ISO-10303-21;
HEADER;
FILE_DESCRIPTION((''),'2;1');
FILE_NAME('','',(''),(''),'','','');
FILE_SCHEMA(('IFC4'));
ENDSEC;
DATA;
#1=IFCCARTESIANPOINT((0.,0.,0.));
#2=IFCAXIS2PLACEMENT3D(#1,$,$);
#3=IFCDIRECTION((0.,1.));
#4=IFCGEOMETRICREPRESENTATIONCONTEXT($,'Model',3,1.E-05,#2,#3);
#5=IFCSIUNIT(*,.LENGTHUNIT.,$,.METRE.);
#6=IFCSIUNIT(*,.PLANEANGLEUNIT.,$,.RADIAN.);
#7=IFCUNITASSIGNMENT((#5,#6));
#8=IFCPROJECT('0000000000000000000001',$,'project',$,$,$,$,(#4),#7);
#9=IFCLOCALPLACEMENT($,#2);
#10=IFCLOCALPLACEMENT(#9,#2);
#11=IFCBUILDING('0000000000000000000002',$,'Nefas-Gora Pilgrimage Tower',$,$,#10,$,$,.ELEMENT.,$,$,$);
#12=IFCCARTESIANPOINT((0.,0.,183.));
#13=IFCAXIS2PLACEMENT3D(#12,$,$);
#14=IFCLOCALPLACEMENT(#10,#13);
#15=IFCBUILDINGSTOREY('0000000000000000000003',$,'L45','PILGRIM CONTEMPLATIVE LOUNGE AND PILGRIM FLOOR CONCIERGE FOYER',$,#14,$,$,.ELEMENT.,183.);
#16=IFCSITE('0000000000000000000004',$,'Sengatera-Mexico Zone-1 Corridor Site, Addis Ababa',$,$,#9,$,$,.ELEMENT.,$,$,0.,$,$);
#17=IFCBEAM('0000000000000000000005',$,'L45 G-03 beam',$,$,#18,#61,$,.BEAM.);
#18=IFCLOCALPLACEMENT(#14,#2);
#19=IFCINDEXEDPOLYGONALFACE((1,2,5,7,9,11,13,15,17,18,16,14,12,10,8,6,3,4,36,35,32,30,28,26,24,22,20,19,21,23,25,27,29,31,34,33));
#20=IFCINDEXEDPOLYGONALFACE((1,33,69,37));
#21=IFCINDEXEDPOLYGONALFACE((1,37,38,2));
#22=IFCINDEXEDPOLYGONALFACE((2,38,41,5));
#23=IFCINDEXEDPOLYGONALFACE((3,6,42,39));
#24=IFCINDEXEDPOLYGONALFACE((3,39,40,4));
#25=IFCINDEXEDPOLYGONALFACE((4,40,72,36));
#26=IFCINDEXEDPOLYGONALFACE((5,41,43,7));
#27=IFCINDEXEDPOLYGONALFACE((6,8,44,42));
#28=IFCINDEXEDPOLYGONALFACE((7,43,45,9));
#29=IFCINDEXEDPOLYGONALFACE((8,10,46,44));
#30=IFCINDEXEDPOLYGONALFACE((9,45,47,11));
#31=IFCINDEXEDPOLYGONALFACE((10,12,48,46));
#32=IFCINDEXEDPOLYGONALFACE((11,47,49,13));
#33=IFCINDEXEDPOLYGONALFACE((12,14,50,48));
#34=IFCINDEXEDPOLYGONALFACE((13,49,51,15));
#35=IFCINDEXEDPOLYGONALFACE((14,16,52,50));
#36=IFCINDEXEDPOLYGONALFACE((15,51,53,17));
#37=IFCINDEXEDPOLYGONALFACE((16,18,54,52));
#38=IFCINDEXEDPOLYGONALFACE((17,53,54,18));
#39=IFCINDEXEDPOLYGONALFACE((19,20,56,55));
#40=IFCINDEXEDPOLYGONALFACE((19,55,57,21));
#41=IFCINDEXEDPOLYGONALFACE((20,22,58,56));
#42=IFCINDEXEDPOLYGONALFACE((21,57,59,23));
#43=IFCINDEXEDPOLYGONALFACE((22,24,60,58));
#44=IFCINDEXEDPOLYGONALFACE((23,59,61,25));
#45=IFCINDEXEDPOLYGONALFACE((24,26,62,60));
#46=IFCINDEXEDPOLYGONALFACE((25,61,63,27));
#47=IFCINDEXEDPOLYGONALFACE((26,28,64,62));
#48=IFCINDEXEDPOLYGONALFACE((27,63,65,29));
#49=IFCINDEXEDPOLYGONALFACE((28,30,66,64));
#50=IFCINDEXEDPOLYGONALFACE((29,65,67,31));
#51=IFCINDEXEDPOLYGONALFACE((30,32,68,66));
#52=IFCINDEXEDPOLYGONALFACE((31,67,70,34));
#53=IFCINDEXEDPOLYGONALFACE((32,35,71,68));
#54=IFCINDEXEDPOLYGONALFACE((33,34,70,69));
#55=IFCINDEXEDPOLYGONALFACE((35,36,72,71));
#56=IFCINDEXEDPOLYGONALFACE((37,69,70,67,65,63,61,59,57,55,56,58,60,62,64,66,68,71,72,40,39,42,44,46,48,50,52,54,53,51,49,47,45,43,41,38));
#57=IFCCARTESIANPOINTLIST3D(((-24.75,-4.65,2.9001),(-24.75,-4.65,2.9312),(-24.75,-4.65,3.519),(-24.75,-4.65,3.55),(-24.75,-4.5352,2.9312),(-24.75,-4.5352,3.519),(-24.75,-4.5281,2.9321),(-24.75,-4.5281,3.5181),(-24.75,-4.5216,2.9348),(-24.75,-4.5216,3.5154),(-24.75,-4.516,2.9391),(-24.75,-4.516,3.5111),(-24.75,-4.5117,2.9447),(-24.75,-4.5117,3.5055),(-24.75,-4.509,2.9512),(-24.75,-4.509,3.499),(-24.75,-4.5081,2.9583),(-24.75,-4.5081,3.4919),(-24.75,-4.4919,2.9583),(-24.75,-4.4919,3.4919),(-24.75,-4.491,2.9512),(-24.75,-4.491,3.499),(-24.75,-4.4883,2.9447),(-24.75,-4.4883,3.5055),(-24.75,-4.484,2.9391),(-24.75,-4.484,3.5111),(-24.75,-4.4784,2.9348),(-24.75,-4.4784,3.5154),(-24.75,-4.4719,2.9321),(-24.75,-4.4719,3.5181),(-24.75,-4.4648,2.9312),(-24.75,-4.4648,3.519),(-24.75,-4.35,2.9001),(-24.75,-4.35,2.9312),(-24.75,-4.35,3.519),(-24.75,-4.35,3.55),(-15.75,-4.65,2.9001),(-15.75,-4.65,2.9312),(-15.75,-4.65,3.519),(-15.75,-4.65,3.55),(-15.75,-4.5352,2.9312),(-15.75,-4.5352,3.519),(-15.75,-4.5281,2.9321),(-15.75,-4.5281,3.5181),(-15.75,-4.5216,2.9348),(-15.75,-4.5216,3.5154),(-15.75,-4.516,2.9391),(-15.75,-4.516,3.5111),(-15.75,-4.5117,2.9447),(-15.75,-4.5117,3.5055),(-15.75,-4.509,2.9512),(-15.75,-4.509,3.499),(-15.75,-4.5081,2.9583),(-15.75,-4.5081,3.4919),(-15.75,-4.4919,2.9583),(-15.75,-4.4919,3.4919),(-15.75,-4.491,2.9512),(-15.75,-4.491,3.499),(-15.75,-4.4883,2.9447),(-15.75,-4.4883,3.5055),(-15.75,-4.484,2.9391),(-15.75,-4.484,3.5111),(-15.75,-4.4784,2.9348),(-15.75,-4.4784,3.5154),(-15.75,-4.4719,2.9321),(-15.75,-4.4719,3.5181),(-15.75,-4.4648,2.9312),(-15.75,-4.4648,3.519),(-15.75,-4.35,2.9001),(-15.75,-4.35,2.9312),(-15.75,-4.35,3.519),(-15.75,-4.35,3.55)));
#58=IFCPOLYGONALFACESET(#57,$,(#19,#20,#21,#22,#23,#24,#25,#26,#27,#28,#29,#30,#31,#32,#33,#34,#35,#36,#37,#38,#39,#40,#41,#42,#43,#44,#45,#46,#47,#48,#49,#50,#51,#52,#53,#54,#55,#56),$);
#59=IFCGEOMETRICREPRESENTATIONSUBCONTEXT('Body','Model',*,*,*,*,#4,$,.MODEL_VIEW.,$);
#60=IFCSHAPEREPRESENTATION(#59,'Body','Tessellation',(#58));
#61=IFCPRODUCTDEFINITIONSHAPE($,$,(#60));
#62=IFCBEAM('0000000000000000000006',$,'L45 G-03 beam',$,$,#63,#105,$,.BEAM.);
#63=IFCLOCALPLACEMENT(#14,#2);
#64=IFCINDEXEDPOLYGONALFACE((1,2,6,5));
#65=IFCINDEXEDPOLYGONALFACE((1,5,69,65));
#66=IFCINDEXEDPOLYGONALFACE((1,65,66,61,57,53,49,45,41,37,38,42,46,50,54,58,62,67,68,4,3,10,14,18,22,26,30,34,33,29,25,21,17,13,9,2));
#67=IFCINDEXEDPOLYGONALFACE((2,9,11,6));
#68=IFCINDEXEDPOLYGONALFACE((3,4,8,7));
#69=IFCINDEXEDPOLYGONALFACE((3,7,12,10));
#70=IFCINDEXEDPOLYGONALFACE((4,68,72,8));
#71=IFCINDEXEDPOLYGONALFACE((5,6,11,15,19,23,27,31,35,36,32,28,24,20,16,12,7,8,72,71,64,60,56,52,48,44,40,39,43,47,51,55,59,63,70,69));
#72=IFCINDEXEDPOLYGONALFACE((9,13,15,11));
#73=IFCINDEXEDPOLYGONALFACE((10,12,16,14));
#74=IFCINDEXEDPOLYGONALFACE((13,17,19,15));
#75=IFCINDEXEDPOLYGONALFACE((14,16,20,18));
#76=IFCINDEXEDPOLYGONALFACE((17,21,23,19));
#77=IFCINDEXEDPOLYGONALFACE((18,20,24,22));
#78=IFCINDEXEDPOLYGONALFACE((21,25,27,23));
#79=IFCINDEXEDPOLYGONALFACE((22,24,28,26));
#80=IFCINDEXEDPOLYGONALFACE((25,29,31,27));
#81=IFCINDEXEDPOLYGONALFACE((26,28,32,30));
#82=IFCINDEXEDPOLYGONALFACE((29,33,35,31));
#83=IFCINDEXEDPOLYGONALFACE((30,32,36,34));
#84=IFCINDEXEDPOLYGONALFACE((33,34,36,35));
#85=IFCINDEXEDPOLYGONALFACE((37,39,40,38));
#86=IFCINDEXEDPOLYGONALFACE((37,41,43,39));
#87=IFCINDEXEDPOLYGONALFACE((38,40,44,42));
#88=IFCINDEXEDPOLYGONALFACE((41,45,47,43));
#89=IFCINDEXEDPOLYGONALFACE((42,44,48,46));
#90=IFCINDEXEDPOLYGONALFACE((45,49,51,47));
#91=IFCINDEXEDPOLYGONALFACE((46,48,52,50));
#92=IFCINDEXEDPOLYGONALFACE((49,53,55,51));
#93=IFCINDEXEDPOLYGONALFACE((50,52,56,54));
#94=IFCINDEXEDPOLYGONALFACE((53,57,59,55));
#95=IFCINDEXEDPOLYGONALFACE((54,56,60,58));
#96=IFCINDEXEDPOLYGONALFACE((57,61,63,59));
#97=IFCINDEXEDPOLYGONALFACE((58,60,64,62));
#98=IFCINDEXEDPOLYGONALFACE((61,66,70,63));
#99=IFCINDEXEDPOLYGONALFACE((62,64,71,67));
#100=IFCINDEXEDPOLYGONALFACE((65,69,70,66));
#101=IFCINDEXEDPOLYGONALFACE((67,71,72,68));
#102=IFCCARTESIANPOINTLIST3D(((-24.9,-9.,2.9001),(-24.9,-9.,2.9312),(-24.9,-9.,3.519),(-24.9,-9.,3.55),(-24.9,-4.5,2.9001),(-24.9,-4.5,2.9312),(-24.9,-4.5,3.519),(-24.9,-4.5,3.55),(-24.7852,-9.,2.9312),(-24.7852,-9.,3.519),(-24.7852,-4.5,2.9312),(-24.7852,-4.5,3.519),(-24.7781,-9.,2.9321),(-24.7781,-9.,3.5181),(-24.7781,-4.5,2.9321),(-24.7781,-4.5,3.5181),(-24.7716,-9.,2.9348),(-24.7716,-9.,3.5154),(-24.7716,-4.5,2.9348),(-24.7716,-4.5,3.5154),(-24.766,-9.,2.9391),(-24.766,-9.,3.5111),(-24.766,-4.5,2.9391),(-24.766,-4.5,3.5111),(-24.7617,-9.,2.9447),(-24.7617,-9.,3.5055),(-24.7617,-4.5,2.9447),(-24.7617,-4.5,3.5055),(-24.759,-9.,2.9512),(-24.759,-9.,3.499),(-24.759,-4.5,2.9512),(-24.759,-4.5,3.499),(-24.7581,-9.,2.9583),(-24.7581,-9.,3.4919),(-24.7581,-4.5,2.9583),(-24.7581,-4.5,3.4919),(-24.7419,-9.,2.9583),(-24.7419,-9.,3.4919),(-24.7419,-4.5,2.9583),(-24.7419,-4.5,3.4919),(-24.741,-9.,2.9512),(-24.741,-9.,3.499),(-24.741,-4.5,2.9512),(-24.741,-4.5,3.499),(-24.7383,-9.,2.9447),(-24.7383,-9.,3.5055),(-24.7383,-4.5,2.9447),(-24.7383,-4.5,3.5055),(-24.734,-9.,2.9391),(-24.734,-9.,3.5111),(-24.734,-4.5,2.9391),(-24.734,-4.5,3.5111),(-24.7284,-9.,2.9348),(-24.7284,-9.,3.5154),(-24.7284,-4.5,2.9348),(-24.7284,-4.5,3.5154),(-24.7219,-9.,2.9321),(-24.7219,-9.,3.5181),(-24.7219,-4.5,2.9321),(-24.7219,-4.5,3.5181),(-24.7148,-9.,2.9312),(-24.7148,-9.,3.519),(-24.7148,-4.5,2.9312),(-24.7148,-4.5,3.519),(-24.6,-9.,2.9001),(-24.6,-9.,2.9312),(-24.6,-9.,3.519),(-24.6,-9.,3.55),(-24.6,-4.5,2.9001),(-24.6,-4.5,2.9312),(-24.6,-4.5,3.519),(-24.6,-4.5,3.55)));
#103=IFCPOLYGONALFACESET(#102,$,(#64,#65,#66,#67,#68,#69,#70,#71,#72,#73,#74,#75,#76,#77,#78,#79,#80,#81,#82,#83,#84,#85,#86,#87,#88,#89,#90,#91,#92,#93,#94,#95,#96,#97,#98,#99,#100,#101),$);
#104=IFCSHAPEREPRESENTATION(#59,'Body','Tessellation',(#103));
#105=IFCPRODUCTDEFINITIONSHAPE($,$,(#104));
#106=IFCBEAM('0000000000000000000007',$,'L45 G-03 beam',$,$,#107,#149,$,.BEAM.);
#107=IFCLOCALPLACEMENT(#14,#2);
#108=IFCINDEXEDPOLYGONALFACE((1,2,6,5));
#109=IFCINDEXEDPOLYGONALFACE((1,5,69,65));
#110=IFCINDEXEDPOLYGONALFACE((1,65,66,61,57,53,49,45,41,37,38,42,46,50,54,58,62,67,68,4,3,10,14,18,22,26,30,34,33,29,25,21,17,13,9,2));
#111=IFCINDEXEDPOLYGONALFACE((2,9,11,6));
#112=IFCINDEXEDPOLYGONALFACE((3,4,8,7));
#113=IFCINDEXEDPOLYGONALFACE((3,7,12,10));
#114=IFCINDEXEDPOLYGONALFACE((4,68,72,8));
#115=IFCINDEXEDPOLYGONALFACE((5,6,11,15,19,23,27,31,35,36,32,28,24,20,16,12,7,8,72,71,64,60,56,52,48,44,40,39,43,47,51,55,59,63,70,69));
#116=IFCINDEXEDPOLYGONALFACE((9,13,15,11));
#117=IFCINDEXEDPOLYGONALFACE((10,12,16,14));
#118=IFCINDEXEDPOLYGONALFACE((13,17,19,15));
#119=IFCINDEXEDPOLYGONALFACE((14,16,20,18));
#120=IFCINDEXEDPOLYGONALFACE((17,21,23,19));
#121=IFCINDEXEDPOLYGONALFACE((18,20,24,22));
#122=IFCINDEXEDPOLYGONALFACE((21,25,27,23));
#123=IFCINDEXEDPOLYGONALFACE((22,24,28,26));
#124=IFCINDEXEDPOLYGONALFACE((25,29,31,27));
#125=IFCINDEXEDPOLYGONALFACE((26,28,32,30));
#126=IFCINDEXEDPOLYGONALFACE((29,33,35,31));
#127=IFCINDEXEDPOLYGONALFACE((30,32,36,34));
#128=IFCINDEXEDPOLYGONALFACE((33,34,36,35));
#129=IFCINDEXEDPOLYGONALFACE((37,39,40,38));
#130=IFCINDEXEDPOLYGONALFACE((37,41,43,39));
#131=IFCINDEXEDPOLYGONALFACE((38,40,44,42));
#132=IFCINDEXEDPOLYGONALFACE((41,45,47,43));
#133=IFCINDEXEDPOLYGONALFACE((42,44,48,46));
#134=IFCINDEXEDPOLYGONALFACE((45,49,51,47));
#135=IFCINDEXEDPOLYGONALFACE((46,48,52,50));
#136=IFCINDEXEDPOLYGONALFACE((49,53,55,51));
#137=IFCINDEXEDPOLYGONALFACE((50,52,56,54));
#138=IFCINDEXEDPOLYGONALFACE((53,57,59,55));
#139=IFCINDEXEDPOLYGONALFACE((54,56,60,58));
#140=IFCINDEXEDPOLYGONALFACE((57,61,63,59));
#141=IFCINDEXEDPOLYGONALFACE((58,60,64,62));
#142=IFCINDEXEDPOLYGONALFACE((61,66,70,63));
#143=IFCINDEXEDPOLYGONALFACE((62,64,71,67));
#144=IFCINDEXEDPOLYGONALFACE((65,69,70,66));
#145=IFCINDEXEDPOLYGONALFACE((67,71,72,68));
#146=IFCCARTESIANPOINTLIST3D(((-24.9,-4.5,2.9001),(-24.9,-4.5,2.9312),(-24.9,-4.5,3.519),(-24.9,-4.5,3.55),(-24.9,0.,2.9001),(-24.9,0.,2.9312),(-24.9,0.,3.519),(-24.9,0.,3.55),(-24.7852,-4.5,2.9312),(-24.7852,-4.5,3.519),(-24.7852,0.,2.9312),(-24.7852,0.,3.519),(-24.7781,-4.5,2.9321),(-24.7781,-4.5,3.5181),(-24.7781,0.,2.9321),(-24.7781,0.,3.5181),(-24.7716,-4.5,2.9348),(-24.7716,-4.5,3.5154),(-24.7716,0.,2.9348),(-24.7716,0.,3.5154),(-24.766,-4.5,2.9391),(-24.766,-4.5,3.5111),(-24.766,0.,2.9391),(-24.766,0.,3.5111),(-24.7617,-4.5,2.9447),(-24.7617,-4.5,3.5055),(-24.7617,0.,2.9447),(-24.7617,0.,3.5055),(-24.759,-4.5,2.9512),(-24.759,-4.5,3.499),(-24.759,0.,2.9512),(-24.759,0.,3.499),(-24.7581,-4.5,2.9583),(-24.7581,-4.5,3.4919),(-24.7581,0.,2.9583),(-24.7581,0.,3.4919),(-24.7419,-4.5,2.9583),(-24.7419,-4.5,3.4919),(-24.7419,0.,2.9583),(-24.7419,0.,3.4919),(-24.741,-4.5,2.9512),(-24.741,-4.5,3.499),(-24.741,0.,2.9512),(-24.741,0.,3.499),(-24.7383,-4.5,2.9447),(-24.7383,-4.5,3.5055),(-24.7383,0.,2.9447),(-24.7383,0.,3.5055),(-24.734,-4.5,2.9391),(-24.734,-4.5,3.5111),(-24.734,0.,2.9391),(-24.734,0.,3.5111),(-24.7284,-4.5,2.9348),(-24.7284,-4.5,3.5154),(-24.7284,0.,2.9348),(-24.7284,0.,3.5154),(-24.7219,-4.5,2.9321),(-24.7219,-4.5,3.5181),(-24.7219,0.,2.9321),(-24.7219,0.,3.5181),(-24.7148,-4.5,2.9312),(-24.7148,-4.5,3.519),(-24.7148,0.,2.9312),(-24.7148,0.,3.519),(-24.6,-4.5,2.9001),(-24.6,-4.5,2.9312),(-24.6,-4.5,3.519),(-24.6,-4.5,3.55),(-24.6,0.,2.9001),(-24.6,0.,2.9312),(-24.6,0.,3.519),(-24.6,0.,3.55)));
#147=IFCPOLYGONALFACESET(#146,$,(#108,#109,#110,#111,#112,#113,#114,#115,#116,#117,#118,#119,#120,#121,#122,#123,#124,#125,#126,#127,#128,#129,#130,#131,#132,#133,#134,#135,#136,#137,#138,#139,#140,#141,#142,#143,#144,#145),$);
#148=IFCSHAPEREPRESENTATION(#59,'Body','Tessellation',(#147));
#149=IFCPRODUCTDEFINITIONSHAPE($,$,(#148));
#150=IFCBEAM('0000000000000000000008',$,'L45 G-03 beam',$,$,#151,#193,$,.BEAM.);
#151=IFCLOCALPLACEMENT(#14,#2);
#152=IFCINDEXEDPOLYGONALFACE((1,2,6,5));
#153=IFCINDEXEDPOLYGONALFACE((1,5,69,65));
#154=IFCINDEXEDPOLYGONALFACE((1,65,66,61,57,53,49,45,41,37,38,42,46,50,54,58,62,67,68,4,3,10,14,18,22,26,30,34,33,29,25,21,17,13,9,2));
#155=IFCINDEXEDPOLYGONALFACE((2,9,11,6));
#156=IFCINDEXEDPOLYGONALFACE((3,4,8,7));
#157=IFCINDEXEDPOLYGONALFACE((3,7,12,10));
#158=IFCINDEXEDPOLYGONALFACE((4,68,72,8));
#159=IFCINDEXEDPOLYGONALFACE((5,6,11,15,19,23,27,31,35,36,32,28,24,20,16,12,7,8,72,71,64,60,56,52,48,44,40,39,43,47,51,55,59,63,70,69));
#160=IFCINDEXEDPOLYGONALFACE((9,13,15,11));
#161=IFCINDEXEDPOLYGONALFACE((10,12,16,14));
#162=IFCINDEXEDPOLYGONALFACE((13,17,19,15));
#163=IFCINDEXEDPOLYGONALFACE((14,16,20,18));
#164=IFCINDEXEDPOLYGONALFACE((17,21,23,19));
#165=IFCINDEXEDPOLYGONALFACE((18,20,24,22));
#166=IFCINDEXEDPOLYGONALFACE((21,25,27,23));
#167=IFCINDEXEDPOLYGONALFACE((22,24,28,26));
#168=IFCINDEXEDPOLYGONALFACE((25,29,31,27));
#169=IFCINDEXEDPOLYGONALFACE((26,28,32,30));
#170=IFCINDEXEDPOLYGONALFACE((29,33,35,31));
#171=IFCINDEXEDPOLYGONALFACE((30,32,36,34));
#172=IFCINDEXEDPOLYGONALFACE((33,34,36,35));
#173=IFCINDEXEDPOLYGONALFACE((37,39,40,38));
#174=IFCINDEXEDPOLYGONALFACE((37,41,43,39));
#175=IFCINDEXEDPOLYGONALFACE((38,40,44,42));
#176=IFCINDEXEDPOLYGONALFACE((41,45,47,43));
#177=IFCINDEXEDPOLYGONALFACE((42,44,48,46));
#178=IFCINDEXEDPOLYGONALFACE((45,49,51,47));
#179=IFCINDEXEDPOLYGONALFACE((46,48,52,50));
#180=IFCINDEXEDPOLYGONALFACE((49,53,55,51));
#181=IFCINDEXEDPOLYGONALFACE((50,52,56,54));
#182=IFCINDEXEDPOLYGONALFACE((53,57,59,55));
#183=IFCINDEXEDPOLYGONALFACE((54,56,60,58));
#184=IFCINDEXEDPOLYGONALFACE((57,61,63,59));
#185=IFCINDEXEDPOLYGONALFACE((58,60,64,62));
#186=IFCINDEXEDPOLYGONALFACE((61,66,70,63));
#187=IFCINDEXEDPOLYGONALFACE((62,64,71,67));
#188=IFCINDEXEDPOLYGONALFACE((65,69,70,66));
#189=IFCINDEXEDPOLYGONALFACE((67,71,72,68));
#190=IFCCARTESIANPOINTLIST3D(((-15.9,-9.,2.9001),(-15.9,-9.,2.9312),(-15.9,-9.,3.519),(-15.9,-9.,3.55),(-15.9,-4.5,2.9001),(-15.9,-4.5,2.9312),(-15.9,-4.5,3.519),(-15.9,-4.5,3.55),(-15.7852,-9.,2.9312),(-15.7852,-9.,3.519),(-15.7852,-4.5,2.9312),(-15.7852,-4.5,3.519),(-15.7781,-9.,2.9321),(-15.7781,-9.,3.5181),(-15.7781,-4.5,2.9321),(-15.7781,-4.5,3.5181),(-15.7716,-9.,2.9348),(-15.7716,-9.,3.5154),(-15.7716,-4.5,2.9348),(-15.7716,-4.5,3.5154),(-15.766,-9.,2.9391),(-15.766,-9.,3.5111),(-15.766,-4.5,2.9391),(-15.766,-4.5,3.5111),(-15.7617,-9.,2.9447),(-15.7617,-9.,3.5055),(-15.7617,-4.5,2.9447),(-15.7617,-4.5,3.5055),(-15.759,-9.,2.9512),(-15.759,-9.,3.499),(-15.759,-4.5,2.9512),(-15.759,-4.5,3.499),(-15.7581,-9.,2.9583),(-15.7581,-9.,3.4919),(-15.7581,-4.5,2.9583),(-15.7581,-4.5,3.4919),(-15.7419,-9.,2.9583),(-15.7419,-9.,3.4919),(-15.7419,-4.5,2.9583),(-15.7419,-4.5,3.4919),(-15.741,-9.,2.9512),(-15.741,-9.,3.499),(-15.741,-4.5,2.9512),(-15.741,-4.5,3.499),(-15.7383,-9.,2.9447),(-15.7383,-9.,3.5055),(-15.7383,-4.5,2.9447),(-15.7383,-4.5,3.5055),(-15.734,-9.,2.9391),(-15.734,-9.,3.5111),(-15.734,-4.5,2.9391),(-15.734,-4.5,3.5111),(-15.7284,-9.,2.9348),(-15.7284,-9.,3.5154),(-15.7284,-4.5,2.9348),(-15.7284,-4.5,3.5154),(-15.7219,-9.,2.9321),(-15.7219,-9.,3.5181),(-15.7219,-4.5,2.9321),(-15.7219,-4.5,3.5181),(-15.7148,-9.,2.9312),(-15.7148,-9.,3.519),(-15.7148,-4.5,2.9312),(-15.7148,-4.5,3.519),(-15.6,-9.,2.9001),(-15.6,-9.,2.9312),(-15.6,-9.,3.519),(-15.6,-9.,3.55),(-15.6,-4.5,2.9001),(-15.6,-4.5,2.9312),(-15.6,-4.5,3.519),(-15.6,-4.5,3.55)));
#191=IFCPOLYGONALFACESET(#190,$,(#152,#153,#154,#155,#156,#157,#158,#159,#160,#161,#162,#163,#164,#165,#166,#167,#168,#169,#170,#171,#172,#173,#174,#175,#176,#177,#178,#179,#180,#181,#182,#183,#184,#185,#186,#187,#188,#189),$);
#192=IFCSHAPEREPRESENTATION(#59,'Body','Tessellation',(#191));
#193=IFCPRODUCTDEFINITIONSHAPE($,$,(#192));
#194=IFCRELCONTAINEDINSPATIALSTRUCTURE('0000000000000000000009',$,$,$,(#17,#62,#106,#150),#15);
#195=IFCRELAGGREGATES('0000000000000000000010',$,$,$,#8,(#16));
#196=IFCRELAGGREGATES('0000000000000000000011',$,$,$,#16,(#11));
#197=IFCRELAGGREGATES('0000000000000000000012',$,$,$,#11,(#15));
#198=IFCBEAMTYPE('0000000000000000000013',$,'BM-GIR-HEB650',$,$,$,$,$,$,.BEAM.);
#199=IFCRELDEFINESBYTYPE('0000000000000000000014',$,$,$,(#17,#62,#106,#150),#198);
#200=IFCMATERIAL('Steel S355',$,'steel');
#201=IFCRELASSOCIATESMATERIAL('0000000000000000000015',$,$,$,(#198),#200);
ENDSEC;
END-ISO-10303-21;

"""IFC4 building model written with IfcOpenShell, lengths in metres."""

from ifc_helpers import new_model, si_unit, direction, frame, origin, origin_2d, place, context, subcontext, project, spatial, i_section, extrude, source, transform, mapped, material, material_profile, profile_set, type_object, element, save


model = new_model("IFC4")

# Units and contexts
model_context = context("Model", 3, precision=1e-05, world=origin(), true_north=direction((0.0, 1.0)))
body_context = subcontext(model_context, "Body", "Model", "MODEL_VIEW")
ifc_project = project(units=[si_unit("LENGTHUNIT", "METRE"), si_unit("PLANEANGLEUNIT", "RADIAN")], contexts=[model_context])

# Site, building, storey
site_placement = place(None, origin())
site = spatial("IfcSite", under=ifc_project, at=site_placement, Name="Sengatera-Mexico Zone-1 Corridor Site, Addis Ababa", CompositionType="ELEMENT", RefElevation=0.0)
building_placement = place(site_placement, origin())
building = spatial("IfcBuilding", under=site, at=building_placement, Name="Nefas-Gora Pilgrimage Tower", CompositionType="ELEMENT")
storey_placement = place(building_placement, frame((0.0, 0.0, 183.0)))
storey = spatial("IfcBuildingStorey", under=building, at=storey_placement, Name="L45", Description="PILGRIM CONTEMPLATIVE LOUNGE AND PILGRIM FLOOR CONCIERGE FOYER", CompositionType="ELEMENT", Elevation=183.0)

# Beams
ifc_material_1 = material(Name="Steel S355", Category="steel")
ifc_material_profile_1 = material_profile(ifc_material_1, i_section(OverallWidth=0.3, OverallDepth=0.6499, WebThickness=0.0161, FlangeThickness=0.031, FilletRadius=0.0271, at=origin_2d()), Name="HEB 650")
ifc_profile_set_1 = profile_set([ifc_material_profile_1], Name="Steel S355")
beam_type_1 = type_object("IfcBeamType", Name="BM-GIR-HEB650", PredefinedType="BEAM", material=ifc_profile_set_1)
shared_shape_1 = source(origin(), body_context, "Body", "SweptSolid", [
    extrude(i_section(OverallWidth=0.3, OverallDepth=0.6499, WebThickness=0.0161, FlangeThickness=0.031, FilletRadius=0.0271, at=origin_2d()), origin(), (0.0, 0.0, 1.0), 9.0),
])
for number, where, z_axis, x_axis, name in (
    (1, (-24.75, -4.5, 3.2251), (1.0, 0.0, 0.0), (0.0, 1.0, 0.0), "L45 G-03 beam"),
):
    element("IfcBeam", number, at=place(storey_placement, frame(where, z_axis=z_axis, x_axis=x_axis)), inside=storey, type_object=beam_type_1, Name=name, PredefinedType="BEAM", context=body_context, shape_type="MappedRepresentation", body=[
        mapped(shared_shape_1, transform((0.0, 0.0, 0.0), x_axis=(1.0, 0.0, 0.0), y_axis=(0.0, 1.0, 0.0), z_axis=(0.0, 0.0, 1.0), scale=1.0)),
    ])
shared_shape_2 = source(origin(), body_context, "Body", "SweptSolid", [
    extrude(i_section(OverallWidth=0.3, OverallDepth=0.6499, WebThickness=0.0161, FlangeThickness=0.031, FilletRadius=0.0271, at=origin_2d()), origin(), (0.0, 0.0, 1.0), 4.5),
])
for number, where, z_axis, x_axis, name in (
    (2, (-24.75, -9.0, 3.2251), (0.0, 1.0, 0.0), (-1.0, 0.0, 0.0), "L45 G-03 beam"),
    (3, (-24.75, -4.5, 3.2251), (0.0, 1.0, 0.0), (-1.0, 0.0, 0.0), "L45 G-03 beam"),
    (4, (-15.75, -9.0, 3.2251), (0.0, 1.0, 0.0), (-1.0, 0.0, 0.0), "L45 G-03 beam"),
):
    element("IfcBeam", number, at=place(storey_placement, frame(where, z_axis=z_axis, x_axis=x_axis)), inside=storey, type_object=beam_type_1, Name=name, PredefinedType="BEAM", context=body_context, shape_type="MappedRepresentation", body=[
        mapped(shared_shape_2, transform((0.0, 0.0, 0.0), x_axis=(1.0, 0.0, 0.0), y_axis=(0.0, 1.0, 0.0), z_axis=(0.0, 0.0, 1.0), scale=1.0)),
    ])

save(model, "model.ifc")
